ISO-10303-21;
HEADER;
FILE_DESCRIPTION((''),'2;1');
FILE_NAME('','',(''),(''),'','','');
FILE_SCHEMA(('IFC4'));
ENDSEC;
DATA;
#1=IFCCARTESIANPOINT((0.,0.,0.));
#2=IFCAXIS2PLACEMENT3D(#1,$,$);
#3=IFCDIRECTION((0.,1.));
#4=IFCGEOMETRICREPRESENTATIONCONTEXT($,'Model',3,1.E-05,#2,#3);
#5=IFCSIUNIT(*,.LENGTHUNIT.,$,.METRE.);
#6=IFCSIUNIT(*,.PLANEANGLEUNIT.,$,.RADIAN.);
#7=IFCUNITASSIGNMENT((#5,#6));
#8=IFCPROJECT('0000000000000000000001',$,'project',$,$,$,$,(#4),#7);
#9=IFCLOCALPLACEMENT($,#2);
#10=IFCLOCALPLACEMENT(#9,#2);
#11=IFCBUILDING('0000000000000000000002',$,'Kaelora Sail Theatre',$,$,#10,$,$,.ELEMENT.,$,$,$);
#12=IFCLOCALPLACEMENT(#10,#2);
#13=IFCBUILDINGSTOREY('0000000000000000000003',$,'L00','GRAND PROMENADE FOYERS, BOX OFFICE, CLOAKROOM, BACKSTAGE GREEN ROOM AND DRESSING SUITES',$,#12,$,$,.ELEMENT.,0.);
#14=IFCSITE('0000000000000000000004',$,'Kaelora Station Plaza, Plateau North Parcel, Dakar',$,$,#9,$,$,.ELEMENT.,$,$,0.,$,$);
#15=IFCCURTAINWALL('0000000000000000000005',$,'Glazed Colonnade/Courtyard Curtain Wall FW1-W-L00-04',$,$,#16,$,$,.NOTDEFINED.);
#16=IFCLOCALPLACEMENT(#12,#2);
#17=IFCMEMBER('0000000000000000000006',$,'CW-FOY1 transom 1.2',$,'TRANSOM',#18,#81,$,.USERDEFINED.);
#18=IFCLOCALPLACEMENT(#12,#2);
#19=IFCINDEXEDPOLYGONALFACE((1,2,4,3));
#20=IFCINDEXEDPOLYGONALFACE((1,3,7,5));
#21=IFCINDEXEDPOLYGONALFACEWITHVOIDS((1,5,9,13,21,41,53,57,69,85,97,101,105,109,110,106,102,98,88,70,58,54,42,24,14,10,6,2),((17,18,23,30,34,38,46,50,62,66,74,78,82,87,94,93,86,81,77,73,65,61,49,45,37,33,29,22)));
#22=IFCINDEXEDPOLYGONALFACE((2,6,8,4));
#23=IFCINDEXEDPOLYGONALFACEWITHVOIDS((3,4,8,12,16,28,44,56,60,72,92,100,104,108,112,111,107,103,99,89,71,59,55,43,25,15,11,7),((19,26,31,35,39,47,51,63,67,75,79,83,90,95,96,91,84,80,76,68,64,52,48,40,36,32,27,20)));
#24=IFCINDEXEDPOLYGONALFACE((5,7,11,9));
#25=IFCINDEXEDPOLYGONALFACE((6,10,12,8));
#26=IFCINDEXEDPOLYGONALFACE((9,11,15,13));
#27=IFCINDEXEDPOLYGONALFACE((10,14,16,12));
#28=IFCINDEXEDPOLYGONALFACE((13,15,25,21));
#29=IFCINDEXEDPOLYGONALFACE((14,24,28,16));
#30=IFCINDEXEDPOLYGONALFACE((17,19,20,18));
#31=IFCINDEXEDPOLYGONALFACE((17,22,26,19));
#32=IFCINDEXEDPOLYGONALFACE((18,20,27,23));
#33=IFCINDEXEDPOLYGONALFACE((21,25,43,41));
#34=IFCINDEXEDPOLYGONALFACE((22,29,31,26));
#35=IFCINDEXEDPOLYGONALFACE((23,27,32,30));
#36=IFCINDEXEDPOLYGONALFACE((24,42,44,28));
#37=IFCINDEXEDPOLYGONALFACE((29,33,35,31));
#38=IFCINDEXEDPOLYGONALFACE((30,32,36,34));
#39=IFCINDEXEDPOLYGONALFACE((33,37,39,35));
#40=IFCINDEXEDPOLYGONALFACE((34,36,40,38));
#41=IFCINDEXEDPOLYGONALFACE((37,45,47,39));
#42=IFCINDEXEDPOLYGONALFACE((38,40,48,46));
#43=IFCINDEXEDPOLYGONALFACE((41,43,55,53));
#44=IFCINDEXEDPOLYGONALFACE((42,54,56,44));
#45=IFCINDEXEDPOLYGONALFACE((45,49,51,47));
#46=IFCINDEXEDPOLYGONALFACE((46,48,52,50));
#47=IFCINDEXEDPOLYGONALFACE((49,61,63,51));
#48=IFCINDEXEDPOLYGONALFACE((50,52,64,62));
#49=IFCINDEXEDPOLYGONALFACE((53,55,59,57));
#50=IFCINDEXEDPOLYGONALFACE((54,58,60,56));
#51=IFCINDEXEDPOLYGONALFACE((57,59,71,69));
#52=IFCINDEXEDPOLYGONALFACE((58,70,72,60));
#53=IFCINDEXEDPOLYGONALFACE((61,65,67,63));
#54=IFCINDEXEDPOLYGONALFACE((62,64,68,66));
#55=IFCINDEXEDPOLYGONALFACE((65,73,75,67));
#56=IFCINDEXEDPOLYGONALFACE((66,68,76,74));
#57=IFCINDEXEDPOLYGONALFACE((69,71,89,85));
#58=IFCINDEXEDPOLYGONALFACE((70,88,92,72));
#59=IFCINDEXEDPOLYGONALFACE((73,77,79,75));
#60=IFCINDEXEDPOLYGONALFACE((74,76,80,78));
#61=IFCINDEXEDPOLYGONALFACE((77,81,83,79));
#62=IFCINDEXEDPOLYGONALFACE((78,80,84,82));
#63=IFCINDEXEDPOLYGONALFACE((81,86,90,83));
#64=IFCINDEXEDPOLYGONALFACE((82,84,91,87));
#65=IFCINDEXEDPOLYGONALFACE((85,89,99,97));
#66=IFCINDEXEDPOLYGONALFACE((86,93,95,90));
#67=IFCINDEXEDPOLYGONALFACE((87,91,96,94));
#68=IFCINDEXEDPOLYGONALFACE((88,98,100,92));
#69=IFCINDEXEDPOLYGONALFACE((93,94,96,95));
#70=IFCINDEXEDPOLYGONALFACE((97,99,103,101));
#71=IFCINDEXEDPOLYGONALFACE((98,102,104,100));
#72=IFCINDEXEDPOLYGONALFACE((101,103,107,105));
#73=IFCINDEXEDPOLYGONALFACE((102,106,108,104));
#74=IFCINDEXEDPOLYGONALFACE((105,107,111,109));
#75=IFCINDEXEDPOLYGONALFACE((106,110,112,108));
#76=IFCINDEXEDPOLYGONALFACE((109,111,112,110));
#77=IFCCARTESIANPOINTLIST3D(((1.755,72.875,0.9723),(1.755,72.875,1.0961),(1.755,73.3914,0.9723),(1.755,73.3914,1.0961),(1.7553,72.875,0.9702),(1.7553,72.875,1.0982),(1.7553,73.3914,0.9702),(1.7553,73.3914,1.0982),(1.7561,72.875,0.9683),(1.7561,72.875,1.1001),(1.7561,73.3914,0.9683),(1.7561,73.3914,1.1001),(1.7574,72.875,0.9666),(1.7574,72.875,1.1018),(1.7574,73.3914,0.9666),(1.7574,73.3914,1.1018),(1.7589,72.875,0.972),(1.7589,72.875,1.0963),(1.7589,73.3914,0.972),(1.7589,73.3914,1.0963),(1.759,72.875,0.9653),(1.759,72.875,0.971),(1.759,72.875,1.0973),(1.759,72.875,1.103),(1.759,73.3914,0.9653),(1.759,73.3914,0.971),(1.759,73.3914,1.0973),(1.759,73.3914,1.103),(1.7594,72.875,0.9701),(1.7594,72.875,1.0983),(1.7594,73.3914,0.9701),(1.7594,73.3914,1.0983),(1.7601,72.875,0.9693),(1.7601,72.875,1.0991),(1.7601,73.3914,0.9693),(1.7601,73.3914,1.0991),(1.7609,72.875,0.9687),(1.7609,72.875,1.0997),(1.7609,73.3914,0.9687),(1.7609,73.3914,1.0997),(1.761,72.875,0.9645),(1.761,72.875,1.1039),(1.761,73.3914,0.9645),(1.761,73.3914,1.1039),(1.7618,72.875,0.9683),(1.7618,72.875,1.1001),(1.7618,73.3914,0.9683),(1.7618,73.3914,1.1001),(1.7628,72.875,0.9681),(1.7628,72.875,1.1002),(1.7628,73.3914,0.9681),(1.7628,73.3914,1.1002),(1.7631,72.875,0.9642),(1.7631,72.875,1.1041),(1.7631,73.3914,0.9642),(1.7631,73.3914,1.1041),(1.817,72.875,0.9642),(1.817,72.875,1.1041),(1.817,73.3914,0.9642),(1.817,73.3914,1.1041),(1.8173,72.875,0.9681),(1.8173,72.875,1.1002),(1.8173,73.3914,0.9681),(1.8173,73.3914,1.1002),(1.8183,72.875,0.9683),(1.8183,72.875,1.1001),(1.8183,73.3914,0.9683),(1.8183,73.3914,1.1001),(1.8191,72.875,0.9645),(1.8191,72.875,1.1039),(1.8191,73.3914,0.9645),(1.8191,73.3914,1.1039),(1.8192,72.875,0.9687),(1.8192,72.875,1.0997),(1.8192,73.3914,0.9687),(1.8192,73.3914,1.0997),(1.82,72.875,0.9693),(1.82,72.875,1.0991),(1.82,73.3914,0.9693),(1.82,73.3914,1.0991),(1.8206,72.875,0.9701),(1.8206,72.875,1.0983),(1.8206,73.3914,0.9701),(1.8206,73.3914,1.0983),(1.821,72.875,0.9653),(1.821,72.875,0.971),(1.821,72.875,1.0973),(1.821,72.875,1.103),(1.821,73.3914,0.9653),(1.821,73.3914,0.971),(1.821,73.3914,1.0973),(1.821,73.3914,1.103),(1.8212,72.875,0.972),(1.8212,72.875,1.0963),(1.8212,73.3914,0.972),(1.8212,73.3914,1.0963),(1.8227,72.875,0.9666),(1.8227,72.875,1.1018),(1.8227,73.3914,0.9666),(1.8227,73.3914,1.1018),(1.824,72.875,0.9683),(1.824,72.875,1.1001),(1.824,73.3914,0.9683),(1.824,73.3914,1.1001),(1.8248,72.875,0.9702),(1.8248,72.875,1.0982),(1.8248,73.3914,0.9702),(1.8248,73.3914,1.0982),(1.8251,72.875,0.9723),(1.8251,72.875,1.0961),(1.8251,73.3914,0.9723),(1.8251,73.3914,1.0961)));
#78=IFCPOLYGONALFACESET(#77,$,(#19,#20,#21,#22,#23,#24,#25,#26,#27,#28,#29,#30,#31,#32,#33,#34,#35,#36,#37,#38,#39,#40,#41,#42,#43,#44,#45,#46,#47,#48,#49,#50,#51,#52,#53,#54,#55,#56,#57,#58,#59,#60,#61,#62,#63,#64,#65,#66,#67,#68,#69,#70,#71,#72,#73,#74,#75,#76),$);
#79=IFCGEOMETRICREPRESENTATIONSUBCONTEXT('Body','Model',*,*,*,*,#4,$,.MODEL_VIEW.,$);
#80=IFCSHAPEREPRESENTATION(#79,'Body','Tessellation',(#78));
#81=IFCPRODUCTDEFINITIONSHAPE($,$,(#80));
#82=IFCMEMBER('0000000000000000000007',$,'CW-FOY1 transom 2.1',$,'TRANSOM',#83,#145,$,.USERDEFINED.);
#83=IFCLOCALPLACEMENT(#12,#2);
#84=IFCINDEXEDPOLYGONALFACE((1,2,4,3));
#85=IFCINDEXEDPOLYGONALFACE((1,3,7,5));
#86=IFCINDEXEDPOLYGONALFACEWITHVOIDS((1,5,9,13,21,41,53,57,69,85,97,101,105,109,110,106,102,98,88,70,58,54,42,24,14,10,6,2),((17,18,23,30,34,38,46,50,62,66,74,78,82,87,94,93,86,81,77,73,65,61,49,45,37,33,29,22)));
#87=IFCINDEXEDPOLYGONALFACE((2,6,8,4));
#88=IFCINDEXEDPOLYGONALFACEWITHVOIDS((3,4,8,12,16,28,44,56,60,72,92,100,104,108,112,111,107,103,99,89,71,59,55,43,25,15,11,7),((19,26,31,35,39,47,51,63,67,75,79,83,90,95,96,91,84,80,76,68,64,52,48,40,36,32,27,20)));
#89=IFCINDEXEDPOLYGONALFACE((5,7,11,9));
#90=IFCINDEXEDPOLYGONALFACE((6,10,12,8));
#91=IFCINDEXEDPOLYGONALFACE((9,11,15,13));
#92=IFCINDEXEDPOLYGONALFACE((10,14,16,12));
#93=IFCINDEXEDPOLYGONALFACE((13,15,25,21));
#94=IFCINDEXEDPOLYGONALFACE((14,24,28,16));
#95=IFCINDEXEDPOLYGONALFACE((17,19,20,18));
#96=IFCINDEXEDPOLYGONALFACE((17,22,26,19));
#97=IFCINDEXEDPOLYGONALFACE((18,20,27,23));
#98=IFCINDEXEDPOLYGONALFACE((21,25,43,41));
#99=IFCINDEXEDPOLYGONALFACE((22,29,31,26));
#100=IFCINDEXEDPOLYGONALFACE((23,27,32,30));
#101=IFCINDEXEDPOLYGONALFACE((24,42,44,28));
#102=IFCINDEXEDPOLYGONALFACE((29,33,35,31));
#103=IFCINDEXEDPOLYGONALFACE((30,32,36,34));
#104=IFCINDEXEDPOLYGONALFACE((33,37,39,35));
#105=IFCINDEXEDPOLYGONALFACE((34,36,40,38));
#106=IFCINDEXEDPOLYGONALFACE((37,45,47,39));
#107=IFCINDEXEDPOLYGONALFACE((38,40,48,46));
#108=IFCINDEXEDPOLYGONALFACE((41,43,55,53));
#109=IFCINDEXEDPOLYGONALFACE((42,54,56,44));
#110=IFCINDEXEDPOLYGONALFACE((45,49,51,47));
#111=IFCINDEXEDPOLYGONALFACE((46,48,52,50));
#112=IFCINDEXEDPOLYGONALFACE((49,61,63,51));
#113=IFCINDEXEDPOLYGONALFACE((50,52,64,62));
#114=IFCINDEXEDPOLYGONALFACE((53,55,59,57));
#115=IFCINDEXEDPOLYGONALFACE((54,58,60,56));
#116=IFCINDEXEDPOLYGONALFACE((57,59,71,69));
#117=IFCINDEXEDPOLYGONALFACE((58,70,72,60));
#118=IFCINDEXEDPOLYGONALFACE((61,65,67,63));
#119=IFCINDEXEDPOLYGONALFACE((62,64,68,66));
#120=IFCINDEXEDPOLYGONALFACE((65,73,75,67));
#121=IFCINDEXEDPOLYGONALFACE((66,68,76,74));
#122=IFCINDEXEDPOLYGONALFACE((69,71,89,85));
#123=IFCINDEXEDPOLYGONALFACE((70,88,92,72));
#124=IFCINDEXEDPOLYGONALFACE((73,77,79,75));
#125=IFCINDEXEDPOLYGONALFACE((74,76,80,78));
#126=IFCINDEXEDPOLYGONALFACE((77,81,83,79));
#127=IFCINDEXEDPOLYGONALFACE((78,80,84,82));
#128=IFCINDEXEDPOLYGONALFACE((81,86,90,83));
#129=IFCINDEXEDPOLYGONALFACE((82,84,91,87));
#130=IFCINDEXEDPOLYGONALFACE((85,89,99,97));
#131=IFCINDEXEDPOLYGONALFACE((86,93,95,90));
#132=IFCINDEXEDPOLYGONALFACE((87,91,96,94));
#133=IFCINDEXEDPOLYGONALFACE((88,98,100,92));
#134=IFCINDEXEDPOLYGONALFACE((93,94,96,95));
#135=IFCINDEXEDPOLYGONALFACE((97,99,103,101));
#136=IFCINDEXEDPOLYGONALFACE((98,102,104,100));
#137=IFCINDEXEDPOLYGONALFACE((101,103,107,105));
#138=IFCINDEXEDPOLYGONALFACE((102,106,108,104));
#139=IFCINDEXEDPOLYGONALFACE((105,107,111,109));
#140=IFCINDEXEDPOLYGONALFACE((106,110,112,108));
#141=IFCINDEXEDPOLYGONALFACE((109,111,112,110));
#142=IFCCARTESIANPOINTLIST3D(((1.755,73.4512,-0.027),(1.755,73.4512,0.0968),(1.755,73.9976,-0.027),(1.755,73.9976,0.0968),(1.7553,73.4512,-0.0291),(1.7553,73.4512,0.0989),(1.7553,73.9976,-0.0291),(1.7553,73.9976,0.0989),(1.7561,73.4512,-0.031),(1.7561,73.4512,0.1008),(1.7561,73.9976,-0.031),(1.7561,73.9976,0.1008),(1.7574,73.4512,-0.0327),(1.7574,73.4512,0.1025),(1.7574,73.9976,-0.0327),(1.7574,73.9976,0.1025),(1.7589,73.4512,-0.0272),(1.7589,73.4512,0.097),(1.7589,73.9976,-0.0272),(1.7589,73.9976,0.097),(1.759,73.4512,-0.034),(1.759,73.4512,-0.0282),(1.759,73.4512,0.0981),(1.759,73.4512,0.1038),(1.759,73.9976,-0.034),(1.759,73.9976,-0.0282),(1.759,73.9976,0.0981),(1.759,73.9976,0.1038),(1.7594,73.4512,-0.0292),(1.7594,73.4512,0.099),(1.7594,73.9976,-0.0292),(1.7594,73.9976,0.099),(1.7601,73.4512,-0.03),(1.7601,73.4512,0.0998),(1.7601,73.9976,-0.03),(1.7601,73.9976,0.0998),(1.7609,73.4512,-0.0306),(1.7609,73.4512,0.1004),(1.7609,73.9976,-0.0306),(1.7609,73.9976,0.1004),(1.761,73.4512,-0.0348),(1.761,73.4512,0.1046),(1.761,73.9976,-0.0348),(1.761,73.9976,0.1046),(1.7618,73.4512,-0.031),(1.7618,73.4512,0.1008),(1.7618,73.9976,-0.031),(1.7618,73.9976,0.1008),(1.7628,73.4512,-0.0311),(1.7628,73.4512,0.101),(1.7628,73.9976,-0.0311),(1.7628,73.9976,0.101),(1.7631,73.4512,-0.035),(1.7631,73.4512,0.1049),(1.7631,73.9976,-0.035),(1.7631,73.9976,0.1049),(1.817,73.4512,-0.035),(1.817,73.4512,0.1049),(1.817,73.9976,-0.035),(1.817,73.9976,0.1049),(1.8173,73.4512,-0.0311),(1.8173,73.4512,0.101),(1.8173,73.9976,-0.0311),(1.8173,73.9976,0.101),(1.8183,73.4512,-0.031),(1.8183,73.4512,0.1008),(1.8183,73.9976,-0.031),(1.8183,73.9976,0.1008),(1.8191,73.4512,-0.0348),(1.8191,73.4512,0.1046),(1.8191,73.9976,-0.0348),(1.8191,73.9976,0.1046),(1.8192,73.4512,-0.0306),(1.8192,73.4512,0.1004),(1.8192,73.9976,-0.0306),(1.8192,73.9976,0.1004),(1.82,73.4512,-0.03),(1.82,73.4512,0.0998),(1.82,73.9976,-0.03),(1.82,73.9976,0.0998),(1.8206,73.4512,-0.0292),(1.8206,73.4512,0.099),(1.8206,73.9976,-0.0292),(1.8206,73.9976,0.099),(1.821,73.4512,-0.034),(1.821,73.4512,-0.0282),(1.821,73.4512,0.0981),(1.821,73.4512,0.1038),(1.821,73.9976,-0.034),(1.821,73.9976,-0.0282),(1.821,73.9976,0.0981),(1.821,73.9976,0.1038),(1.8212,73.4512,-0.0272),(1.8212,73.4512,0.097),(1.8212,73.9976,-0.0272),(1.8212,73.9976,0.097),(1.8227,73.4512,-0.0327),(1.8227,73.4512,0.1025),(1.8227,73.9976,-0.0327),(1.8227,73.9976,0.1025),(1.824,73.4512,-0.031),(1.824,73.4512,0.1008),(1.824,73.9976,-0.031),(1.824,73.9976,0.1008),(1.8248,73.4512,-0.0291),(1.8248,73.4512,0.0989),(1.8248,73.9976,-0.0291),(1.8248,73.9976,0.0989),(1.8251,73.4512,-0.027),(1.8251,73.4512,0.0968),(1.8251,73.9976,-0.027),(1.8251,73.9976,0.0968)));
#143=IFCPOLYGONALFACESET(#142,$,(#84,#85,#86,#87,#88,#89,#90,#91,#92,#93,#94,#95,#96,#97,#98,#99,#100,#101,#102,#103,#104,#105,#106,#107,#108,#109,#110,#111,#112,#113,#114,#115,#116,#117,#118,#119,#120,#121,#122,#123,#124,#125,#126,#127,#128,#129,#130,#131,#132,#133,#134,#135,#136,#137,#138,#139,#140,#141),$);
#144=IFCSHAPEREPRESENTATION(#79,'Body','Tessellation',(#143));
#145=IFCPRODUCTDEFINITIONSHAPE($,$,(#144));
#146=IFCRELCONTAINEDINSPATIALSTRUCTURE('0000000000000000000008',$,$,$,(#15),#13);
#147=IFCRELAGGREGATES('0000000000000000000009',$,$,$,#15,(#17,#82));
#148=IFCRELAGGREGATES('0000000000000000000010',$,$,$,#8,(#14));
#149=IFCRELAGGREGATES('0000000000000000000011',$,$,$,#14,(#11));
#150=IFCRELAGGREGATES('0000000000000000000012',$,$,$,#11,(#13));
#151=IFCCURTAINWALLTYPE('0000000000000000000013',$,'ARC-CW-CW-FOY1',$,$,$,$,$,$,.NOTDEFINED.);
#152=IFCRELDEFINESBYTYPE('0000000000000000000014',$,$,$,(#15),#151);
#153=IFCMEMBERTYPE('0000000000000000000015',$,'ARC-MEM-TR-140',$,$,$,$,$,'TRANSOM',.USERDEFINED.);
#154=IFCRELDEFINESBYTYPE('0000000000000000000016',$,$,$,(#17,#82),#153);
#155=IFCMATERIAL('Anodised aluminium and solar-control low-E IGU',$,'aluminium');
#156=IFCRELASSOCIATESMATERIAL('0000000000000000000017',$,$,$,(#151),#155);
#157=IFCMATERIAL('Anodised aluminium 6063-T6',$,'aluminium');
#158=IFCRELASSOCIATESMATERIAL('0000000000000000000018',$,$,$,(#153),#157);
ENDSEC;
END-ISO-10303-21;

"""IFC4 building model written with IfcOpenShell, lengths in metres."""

from ifc_helpers import new_model, si_unit, direction, frame, origin, origin_2d, place, context, subcontext, project, spatial, hollow_rectangle, extrude, material, material_profile, profile_set, type_object, element, aggregate, save


model = new_model("IFC4")

# Units and contexts
model_context = context("Model", 3, precision=1e-05, world=origin(), true_north=direction((0.0, 1.0)))
body_context = subcontext(model_context, "Body", "Model", "MODEL_VIEW")
ifc_project = project(units=[si_unit("LENGTHUNIT", "METRE"), si_unit("PLANEANGLEUNIT", "RADIAN")], contexts=[model_context])

# Site, building, storey
site_placement = place(None, origin())
site = spatial("IfcSite", under=ifc_project, at=site_placement, Name="Kaelora Station Plaza, Plateau North Parcel, Dakar", CompositionType="ELEMENT", RefElevation=0.0)
building_placement = place(site_placement, origin())
building = spatial("IfcBuilding", under=site, at=building_placement, Name="Kaelora Sail Theatre", CompositionType="ELEMENT")
storey_placement = place(building_placement, origin())
storey = spatial("IfcBuildingStorey", under=building, at=storey_placement, Name="L00", Description="GRAND PROMENADE FOYERS, BOX OFFICE, CLOAKROOM, BACKSTAGE GREEN ROOM AND DRESSING SUITES", CompositionType="ELEMENT", Elevation=0.0)

# Curtain wall
ifc_material_1 = material(Name="Anodised aluminium and solar-control low-E IGU", Category="aluminium")
curtain_wall_type = type_object("IfcCurtainWallType", Name="ARC-CW-CW-FOY1", PredefinedType="NOTDEFINED", material=ifc_material_1)
curtain_wall_1_placement = place(storey_placement, origin())
curtain_wall_1 = element("IfcCurtainWall", 1, at=curtain_wall_1_placement, inside=storey, type_object=curtain_wall_type, Name="Glazed Colonnade/Courtyard Curtain Wall FW1-W-L00-04", PredefinedType="NOTDEFINED")

# Members
ifc_material_2 = material(Name="Anodised aluminium 6063-T6", Category="aluminium")
ifc_material_profile_1 = material_profile(ifc_material_2, hollow_rectangle(XDim=0.0701, YDim=0.1399, WallThickness=0.0039, InnerFilletRadius=0.0039, OuterFilletRadius=0.0081, at=origin_2d()), Name="ALU-TRAN 70x140x4")
ifc_profile_set_1 = profile_set([ifc_material_profile_1], Name="Anodised aluminium 6063-T6")
member_type_1 = type_object("IfcMemberType", Name="ARC-MEM-TR-140", ElementType="TRANSOM", PredefinedType="USERDEFINED", material=ifc_profile_set_1)
member_1_placement = place(storey_placement, frame((1.79, 72.875, 1.0342), z_axis=(0.0, 1.0, 0.0), x_axis=(-1.0, 0.0, 0.0)))
member_1 = element("IfcMember", 2, at=member_1_placement, type_object=member_type_1, Name="CW-FOY1 transom 1.2", ObjectType="TRANSOM", PredefinedType="USERDEFINED", context=body_context, shape_type="SweptSolid", body=[
    extrude(hollow_rectangle(XDim=0.0701, YDim=0.1399, WallThickness=0.0039, InnerFilletRadius=0.0039, OuterFilletRadius=0.0081, at=origin_2d()), origin(), (0.0, 0.0, 1.0), 0.5164),
])
member_2_placement = place(storey_placement, frame((1.79, 73.4512, 0.0349), z_axis=(0.0, 1.0, 0.0), x_axis=(-1.0, 0.0, 0.0)))
member_2 = element("IfcMember", 3, at=member_2_placement, type_object=member_type_1, Name="CW-FOY1 transom 2.1", ObjectType="TRANSOM", PredefinedType="USERDEFINED", context=body_context, shape_type="SweptSolid", body=[
    extrude(hollow_rectangle(XDim=0.0701, YDim=0.1399, WallThickness=0.0039, InnerFilletRadius=0.0039, OuterFilletRadius=0.0081, at=origin_2d()), origin(), (0.0, 0.0, 1.0), 0.5464),
])

aggregate(curtain_wall_1, [member_1, member_2])

save(model, "model.ifc")
